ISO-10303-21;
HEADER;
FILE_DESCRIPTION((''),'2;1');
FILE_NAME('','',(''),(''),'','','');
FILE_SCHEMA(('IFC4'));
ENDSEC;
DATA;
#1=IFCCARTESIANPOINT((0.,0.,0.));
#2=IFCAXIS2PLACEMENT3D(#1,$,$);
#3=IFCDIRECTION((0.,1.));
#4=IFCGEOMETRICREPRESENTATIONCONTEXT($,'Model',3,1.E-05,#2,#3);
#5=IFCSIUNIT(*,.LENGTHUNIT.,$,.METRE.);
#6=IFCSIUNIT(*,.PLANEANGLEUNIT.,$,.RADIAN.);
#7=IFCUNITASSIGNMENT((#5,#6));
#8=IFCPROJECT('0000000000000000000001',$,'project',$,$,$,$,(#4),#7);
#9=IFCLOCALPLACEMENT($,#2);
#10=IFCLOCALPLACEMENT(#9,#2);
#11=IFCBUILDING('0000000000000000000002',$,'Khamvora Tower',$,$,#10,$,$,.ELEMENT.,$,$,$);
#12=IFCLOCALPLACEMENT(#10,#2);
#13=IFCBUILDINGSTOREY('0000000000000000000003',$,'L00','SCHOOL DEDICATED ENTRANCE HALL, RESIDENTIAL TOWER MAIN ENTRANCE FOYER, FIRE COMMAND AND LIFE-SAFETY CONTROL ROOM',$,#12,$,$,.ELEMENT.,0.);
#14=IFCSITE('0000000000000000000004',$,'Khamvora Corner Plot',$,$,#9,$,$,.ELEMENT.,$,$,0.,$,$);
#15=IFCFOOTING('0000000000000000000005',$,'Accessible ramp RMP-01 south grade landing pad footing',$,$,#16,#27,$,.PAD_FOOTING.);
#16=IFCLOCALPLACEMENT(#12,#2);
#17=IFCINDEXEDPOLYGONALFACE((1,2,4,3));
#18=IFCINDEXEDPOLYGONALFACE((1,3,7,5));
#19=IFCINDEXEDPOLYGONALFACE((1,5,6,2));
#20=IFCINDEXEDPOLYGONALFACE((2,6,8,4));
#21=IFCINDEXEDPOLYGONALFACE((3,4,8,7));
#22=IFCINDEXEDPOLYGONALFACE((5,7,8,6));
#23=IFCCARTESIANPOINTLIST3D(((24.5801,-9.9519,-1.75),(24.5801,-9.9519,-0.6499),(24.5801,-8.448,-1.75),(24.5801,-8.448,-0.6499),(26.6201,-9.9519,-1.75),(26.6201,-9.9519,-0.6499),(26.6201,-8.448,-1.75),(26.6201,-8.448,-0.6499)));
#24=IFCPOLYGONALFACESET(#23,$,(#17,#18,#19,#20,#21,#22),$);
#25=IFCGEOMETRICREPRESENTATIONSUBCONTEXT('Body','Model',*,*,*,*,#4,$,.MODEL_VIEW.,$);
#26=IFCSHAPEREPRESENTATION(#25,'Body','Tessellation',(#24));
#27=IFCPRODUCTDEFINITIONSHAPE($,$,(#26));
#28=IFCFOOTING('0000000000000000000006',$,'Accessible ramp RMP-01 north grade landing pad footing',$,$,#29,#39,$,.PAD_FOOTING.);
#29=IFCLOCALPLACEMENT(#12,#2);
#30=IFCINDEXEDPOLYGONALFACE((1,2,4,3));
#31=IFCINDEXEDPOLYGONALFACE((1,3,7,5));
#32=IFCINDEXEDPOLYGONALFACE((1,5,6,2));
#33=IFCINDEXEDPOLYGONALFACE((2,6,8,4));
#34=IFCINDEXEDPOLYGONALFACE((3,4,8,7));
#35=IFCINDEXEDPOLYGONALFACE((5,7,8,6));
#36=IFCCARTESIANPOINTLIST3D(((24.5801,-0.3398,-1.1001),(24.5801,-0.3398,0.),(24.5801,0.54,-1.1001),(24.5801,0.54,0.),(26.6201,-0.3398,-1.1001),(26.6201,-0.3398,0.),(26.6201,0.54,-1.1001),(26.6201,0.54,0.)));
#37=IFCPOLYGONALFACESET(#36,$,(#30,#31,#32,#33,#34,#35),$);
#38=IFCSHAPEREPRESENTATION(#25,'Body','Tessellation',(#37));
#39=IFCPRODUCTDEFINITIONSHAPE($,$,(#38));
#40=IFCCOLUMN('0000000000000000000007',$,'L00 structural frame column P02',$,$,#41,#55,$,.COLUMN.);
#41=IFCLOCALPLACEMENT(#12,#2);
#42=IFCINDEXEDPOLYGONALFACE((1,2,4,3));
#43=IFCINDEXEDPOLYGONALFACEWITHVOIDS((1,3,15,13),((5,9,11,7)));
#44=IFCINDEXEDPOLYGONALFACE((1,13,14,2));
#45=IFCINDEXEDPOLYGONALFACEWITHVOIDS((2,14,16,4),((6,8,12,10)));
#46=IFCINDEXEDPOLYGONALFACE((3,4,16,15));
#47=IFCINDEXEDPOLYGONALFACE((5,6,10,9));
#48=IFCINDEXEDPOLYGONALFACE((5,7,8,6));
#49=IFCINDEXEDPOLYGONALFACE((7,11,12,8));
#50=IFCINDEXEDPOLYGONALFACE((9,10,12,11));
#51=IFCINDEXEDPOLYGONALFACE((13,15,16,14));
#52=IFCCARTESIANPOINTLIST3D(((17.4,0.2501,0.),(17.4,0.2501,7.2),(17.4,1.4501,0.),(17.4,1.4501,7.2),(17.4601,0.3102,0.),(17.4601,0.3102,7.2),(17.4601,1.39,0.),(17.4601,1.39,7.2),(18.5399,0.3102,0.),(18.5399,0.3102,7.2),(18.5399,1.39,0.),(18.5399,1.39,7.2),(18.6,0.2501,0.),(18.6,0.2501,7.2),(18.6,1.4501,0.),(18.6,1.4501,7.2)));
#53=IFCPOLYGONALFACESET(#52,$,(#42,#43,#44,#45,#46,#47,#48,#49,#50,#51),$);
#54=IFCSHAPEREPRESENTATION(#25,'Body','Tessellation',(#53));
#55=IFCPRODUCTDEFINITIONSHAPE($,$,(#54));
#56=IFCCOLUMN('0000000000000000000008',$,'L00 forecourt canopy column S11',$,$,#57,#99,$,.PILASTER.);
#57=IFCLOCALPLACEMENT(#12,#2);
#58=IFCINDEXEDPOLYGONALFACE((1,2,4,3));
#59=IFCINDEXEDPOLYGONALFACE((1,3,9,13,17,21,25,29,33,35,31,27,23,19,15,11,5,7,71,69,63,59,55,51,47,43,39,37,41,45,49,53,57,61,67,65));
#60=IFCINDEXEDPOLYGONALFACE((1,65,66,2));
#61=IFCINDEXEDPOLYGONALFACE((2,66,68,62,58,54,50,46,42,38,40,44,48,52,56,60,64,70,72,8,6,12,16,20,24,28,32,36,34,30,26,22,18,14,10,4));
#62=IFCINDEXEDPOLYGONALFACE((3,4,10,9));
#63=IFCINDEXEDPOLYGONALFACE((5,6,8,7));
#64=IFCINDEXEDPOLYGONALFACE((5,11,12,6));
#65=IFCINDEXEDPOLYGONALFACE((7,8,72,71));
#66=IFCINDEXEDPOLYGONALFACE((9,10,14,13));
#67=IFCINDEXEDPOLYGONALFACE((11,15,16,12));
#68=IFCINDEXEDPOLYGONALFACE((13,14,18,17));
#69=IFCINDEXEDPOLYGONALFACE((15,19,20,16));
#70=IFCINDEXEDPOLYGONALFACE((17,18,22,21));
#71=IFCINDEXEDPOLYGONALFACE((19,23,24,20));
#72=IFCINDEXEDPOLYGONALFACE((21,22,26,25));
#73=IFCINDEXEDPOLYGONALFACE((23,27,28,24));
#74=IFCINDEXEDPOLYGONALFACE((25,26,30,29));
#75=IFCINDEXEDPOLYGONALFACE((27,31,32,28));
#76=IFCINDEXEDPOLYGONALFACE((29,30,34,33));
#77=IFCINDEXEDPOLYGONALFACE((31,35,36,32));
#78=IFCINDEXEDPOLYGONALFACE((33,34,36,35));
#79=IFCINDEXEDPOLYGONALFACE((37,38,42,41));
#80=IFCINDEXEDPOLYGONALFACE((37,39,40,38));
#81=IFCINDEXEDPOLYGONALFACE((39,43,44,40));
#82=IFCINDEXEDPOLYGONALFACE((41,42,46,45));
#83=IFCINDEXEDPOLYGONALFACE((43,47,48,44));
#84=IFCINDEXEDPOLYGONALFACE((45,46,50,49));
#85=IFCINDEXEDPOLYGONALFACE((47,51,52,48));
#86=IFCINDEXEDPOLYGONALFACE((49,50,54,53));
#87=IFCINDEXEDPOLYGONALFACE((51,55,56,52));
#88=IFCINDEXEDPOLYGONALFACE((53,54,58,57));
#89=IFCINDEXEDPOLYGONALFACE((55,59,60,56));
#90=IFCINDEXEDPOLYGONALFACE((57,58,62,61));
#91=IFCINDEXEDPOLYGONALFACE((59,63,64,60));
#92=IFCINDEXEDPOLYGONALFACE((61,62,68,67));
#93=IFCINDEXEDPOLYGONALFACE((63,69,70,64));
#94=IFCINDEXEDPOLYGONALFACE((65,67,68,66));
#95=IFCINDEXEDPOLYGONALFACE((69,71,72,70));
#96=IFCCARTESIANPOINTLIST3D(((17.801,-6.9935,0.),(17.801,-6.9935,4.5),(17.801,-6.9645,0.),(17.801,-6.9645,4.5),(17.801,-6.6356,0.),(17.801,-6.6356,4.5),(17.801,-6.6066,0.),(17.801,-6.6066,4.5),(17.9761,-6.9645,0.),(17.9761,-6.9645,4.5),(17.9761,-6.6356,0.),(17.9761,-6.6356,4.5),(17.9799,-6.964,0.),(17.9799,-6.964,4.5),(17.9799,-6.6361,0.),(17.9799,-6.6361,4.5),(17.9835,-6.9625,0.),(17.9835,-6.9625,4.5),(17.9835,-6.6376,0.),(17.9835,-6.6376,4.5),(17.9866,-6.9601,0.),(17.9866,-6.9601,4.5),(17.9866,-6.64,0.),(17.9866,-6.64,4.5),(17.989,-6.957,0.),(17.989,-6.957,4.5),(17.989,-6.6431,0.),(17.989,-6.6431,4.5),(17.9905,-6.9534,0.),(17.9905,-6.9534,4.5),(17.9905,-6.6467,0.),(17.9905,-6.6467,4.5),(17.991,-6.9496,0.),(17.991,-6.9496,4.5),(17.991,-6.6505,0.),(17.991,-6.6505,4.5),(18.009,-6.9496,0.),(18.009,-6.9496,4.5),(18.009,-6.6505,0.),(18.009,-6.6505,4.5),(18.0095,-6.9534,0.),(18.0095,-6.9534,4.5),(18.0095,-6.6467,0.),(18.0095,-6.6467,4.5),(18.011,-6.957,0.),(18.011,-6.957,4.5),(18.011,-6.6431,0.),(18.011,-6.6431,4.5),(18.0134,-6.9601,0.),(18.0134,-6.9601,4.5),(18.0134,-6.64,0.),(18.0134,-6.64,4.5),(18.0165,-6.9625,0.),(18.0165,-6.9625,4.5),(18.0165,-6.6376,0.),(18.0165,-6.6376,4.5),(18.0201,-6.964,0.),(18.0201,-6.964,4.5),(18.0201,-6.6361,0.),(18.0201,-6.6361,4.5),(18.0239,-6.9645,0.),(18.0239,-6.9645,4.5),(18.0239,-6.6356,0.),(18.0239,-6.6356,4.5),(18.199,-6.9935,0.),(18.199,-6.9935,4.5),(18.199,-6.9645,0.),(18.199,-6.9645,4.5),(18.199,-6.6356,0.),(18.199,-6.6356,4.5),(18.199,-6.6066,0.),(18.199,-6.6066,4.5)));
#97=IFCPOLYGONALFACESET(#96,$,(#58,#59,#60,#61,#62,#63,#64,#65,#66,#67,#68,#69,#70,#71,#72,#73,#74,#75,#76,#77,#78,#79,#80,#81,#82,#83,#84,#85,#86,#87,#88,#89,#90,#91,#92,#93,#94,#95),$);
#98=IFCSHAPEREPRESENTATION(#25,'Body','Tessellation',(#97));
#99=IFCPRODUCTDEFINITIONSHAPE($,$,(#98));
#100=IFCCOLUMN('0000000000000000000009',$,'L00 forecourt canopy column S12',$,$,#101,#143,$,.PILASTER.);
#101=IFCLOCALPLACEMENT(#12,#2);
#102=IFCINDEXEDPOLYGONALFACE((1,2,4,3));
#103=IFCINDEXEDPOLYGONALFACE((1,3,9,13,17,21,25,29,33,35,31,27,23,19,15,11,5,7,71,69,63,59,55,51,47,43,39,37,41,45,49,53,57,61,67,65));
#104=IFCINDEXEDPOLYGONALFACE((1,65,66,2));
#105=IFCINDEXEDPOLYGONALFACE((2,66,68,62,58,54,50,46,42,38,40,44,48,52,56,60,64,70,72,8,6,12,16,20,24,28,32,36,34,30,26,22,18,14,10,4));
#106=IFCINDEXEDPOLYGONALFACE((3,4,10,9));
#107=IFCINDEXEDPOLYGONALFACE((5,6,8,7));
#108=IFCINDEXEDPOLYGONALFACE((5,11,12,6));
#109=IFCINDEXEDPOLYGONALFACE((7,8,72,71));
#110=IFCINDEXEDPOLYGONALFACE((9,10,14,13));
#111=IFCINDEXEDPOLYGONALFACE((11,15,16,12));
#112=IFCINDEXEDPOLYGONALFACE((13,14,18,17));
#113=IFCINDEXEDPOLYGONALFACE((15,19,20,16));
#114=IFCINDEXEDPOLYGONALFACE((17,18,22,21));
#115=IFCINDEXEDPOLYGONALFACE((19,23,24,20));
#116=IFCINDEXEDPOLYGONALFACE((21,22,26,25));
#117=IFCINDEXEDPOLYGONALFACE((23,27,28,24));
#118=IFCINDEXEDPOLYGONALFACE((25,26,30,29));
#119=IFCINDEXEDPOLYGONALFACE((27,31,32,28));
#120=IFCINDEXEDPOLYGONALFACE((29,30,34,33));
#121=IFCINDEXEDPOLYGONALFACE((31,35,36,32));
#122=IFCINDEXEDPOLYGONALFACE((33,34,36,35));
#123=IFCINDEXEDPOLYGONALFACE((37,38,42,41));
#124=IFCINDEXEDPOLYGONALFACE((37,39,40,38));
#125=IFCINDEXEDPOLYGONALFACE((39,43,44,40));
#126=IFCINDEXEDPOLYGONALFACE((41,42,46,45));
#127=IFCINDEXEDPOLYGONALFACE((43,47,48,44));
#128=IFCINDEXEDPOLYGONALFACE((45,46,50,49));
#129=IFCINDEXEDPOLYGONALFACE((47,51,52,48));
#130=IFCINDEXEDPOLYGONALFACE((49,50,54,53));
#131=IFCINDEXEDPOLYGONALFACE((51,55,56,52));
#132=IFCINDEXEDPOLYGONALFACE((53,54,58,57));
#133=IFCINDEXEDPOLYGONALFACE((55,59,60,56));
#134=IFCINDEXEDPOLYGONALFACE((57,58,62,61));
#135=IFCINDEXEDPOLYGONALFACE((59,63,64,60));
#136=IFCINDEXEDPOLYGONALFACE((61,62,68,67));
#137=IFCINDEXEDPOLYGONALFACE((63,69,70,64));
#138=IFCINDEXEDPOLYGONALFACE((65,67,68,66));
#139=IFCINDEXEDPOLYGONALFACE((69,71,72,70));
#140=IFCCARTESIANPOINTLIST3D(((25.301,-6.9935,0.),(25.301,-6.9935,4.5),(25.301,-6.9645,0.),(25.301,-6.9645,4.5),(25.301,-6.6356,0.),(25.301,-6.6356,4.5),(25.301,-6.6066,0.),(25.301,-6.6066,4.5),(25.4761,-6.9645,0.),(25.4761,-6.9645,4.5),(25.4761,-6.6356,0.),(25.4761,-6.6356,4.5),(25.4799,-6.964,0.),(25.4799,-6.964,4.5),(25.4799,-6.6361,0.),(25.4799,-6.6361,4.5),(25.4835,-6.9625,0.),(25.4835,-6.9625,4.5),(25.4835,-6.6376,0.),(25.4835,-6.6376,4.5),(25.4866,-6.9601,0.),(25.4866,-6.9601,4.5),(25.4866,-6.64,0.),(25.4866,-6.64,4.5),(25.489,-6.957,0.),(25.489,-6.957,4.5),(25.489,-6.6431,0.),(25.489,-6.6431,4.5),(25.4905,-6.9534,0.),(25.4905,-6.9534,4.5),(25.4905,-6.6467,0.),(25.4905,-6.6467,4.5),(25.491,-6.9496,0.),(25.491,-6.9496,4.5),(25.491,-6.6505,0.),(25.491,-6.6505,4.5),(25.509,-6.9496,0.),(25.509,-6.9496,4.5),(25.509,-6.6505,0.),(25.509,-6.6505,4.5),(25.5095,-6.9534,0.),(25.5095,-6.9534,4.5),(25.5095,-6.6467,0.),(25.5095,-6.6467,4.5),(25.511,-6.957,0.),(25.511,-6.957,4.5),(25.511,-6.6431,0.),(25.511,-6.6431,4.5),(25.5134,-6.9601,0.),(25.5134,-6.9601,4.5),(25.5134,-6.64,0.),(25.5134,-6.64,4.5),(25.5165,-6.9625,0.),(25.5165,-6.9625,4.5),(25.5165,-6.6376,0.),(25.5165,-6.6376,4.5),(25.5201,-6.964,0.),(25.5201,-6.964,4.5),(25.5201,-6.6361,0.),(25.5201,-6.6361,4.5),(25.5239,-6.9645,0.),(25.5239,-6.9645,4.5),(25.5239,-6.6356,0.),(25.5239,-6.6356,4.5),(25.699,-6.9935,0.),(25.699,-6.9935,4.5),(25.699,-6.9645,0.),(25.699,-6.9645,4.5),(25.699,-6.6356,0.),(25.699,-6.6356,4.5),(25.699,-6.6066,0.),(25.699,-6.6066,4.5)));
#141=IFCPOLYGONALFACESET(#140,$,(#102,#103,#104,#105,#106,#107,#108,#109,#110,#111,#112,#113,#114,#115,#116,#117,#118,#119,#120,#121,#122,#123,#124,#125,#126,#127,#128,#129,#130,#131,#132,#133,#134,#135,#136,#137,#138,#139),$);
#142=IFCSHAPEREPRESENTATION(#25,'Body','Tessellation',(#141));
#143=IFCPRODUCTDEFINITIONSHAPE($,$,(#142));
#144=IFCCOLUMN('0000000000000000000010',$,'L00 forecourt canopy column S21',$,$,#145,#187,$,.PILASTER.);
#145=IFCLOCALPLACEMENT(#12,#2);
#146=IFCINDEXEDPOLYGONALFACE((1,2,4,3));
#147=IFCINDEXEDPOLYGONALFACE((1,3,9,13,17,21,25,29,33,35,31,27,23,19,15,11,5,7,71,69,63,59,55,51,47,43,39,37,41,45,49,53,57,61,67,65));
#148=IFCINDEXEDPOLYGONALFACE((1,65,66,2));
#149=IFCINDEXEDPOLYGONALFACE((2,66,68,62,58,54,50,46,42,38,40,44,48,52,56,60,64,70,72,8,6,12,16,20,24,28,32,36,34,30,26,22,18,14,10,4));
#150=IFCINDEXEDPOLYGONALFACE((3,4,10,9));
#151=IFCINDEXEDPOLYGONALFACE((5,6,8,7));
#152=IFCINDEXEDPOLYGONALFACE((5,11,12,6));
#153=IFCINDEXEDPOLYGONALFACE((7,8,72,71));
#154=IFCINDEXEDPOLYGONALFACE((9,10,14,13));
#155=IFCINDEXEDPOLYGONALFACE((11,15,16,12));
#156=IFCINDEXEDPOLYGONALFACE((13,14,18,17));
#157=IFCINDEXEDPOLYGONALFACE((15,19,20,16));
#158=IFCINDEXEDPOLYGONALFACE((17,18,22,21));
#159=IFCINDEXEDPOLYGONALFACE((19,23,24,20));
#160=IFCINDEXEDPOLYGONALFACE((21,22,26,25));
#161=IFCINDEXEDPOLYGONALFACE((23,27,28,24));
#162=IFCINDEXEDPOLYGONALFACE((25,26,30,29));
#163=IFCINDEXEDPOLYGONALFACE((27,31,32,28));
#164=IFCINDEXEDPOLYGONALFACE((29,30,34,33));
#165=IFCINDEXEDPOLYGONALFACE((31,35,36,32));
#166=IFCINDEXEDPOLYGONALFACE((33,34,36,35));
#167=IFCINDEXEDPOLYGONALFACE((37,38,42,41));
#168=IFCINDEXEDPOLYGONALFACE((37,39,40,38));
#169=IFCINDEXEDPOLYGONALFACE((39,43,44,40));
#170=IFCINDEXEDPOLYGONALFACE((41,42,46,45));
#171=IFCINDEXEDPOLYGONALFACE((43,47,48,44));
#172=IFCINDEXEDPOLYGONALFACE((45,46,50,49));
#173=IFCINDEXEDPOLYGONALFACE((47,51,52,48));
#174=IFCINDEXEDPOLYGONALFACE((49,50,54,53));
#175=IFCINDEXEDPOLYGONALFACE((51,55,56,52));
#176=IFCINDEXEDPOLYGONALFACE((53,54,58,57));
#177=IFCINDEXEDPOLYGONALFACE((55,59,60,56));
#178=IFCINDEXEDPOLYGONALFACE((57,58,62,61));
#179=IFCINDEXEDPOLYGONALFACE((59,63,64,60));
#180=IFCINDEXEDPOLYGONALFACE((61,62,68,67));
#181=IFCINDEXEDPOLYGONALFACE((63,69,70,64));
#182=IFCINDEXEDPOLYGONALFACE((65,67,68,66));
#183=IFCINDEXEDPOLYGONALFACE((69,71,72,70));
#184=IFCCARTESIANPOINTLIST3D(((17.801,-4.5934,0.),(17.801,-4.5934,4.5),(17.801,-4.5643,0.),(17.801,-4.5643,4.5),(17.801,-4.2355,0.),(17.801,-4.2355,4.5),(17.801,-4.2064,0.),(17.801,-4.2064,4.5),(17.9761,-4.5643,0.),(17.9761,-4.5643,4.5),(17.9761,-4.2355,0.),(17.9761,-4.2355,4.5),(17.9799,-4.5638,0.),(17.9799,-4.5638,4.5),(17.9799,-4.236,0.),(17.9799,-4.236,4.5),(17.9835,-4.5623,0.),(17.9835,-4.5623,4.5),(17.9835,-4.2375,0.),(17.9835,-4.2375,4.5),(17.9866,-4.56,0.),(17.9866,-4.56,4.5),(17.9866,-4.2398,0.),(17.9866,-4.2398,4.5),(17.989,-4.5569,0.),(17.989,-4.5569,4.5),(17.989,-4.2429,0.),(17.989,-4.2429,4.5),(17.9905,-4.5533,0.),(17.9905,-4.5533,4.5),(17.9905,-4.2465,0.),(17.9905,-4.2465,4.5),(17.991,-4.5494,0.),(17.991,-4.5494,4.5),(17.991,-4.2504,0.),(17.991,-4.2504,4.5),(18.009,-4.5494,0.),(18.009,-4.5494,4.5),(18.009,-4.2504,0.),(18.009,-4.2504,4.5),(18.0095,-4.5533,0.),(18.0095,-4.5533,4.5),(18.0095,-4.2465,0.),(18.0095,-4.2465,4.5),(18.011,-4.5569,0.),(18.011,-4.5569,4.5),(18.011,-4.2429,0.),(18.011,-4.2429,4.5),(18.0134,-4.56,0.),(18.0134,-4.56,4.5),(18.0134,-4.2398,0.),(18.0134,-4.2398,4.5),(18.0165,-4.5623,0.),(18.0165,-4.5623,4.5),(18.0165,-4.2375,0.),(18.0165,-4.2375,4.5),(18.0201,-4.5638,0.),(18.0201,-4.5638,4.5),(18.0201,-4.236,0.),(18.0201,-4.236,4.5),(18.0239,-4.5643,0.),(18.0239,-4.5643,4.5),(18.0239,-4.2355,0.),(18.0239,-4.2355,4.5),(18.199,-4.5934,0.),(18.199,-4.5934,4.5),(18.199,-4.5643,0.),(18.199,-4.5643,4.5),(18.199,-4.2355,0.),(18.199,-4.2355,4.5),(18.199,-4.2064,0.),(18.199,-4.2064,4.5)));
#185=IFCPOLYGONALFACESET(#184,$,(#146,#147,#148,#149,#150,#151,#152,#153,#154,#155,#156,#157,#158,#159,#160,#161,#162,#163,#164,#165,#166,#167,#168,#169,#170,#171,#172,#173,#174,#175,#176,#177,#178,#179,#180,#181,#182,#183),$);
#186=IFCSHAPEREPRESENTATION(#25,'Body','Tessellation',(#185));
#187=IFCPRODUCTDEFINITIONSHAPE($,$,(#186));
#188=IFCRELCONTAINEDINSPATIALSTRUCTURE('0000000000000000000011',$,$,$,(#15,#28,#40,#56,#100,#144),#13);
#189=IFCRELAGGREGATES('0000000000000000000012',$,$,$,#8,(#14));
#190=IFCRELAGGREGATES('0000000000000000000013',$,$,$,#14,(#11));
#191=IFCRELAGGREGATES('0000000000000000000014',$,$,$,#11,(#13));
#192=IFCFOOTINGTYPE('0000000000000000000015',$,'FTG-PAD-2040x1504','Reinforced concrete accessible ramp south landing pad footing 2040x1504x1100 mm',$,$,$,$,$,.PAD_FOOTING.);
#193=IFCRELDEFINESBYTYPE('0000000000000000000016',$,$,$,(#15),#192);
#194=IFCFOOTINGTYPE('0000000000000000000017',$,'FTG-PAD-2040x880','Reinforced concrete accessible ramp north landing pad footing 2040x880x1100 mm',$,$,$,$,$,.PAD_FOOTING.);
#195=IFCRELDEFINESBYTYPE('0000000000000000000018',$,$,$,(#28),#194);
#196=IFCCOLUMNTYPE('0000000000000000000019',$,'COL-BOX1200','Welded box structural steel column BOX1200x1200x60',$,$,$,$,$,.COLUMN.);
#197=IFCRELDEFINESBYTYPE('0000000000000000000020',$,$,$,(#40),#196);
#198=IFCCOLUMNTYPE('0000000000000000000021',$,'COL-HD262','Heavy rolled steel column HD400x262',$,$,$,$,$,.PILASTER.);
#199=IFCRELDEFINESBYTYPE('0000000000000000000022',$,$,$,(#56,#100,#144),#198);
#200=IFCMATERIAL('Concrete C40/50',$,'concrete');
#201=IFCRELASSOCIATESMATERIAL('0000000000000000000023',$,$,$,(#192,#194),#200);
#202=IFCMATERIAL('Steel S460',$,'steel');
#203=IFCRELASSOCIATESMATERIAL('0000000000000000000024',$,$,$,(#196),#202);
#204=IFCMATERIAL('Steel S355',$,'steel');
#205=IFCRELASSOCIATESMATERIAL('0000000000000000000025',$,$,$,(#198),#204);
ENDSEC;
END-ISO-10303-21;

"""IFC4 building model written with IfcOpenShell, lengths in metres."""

from ifc_helpers import new_model, si_unit, direction, frame, origin, origin_2d, place, context, subcontext, project, spatial, rectangle, hollow_rectangle, i_section, extrude, material, material_profile, profile_set, type_object, element, save


model = new_model("IFC4")

# Units and contexts
model_context = context("Model", 3, precision=1e-05, world=origin(), true_north=direction((0.0, 1.0)))
body_context = subcontext(model_context, "Body", "Model", "MODEL_VIEW")
ifc_project = project(units=[si_unit("LENGTHUNIT", "METRE"), si_unit("PLANEANGLEUNIT", "RADIAN")], contexts=[model_context])

# Site, building, storey
site_placement = place(None, origin())
site = spatial("IfcSite", under=ifc_project, at=site_placement, Name="Khamvora Corner Plot", CompositionType="ELEMENT", RefElevation=0.0)
building_placement = place(site_placement, origin())
building = spatial("IfcBuilding", under=site, at=building_placement, Name="Khamvora Tower", CompositionType="ELEMENT")
storey_placement = place(building_placement, origin())
storey = spatial("IfcBuildingStorey", under=building, at=storey_placement, Name="L00", Description="SCHOOL DEDICATED ENTRANCE HALL, RESIDENTIAL TOWER MAIN ENTRANCE FOYER, FIRE COMMAND AND LIFE-SAFETY CONTROL ROOM", CompositionType="ELEMENT", Elevation=0.0)

# Footings
ifc_material_1 = material(Name="Concrete C40/50", Category="concrete")
footing_type_1 = type_object("IfcFootingType", Name="FTG-PAD-2040x1504", Description="Reinforced concrete accessible ramp south landing pad footing 2040x1504x1100 mm", PredefinedType="PAD_FOOTING", material=ifc_material_1)
footing_1_placement = place(storey_placement, frame((25.6001, -9.2, -1.75), z_axis=(0.0, 0.0, 1.0), x_axis=(1.0, 0.0, 0.0)))
element("IfcFooting", 1, at=footing_1_placement, inside=storey, type_object=footing_type_1, Name="Accessible ramp RMP-01 south grade landing pad footing", PredefinedType="PAD_FOOTING", context=body_context, shape_type="SweptSolid", body=[
    extrude(rectangle(XDim=2.04, YDim=1.5039, at=origin_2d()), origin(), (0.0, 0.0, 1.0), 1.1001),
])
footing_type_2 = type_object("IfcFootingType", Name="FTG-PAD-2040x880", Description="Reinforced concrete accessible ramp north landing pad footing 2040x880x1100 mm", PredefinedType="PAD_FOOTING", material=ifc_material_1)
footing_2_placement = place(storey_placement, frame((25.6001, 0.1001, -1.1001), z_axis=(0.0, 0.0, 1.0), x_axis=(1.0, 0.0, 0.0)))
element("IfcFooting", 2, at=footing_2_placement, inside=storey, type_object=footing_type_2, Name="Accessible ramp RMP-01 north grade landing pad footing", PredefinedType="PAD_FOOTING", context=body_context, shape_type="SweptSolid", body=[
    extrude(rectangle(XDim=2.04, YDim=0.8799, at=origin_2d()), origin(), (0.0, 0.0, 1.0), 1.1001),
])

# Columns
ifc_material_2 = material(Name="Steel S460", Category="steel")
ifc_material_profile_1 = material_profile(ifc_material_2, hollow_rectangle(XDim=1.2, YDim=1.2, WallThickness=0.0601, at=origin_2d()), Name="BOX1200x1200x60")
ifc_profile_set_1 = profile_set([ifc_material_profile_1], Name="Steel S460")
column_type_1 = type_object("IfcColumnType", Name="COL-BOX1200", Description="Welded box structural steel column BOX1200x1200x60", PredefinedType="COLUMN", material=ifc_profile_set_1)
column_placement = place(storey_placement, frame((18.0, 0.8501, 0.0), z_axis=(0.0, 0.0, 1.0), x_axis=(1.0, 0.0, 0.0)))
element("IfcColumn", 3, at=column_placement, inside=storey, type_object=column_type_1, Name="L00 structural frame column P02", PredefinedType="COLUMN", context=body_context, shape_type="SweptSolid", body=[
    extrude(hollow_rectangle(XDim=1.2, YDim=1.2, WallThickness=0.0601, at=origin_2d()), origin(), (0.0, 0.0, 1.0), 7.2),
])
ifc_material_3 = material(Name="Steel S355", Category="steel")
ifc_material_profile_2 = material_profile(ifc_material_3, i_section(OverallWidth=0.3979, OverallDepth=0.387, WebThickness=0.0181, FlangeThickness=0.0291, FilletRadius=0.0149, at=origin_2d()), Name="HD400x262")
ifc_profile_set_2 = profile_set([ifc_material_profile_2], Name="Steel S355")
column_type_2 = type_object("IfcColumnType", Name="COL-HD262", Description="Heavy rolled steel column HD400x262", PredefinedType="PILASTER", material=ifc_profile_set_2)
for number, where, z_axis, x_axis, name in (
    (4, (18.0, -6.8, 0.0), (0.0, 0.0, 1.0), (1.0, 0.0, 0.0), "L00 forecourt canopy column S11"),
    (5, (25.5, -6.8, 0.0), (0.0, 0.0, 1.0), (1.0, 0.0, 0.0), "L00 forecourt canopy column S12"),
    (6, (18.0, -4.3999, 0.0), (0.0, 0.0, 1.0), (1.0, 0.0, 0.0), "L00 forecourt canopy column S21"),
):
    element("IfcColumn", number, at=place(storey_placement, frame(where, z_axis=z_axis, x_axis=x_axis)), inside=storey, type_object=column_type_2, Name=name, PredefinedType="PILASTER", context=body_context, shape_type="SweptSolid", body=[
        extrude(i_section(OverallWidth=0.3979, OverallDepth=0.387, WebThickness=0.0181, FlangeThickness=0.0291, FilletRadius=0.0149, at=origin_2d()), origin(), (0.0, 0.0, 1.0), 4.5),
    ])

save(model, "model.ifc")
